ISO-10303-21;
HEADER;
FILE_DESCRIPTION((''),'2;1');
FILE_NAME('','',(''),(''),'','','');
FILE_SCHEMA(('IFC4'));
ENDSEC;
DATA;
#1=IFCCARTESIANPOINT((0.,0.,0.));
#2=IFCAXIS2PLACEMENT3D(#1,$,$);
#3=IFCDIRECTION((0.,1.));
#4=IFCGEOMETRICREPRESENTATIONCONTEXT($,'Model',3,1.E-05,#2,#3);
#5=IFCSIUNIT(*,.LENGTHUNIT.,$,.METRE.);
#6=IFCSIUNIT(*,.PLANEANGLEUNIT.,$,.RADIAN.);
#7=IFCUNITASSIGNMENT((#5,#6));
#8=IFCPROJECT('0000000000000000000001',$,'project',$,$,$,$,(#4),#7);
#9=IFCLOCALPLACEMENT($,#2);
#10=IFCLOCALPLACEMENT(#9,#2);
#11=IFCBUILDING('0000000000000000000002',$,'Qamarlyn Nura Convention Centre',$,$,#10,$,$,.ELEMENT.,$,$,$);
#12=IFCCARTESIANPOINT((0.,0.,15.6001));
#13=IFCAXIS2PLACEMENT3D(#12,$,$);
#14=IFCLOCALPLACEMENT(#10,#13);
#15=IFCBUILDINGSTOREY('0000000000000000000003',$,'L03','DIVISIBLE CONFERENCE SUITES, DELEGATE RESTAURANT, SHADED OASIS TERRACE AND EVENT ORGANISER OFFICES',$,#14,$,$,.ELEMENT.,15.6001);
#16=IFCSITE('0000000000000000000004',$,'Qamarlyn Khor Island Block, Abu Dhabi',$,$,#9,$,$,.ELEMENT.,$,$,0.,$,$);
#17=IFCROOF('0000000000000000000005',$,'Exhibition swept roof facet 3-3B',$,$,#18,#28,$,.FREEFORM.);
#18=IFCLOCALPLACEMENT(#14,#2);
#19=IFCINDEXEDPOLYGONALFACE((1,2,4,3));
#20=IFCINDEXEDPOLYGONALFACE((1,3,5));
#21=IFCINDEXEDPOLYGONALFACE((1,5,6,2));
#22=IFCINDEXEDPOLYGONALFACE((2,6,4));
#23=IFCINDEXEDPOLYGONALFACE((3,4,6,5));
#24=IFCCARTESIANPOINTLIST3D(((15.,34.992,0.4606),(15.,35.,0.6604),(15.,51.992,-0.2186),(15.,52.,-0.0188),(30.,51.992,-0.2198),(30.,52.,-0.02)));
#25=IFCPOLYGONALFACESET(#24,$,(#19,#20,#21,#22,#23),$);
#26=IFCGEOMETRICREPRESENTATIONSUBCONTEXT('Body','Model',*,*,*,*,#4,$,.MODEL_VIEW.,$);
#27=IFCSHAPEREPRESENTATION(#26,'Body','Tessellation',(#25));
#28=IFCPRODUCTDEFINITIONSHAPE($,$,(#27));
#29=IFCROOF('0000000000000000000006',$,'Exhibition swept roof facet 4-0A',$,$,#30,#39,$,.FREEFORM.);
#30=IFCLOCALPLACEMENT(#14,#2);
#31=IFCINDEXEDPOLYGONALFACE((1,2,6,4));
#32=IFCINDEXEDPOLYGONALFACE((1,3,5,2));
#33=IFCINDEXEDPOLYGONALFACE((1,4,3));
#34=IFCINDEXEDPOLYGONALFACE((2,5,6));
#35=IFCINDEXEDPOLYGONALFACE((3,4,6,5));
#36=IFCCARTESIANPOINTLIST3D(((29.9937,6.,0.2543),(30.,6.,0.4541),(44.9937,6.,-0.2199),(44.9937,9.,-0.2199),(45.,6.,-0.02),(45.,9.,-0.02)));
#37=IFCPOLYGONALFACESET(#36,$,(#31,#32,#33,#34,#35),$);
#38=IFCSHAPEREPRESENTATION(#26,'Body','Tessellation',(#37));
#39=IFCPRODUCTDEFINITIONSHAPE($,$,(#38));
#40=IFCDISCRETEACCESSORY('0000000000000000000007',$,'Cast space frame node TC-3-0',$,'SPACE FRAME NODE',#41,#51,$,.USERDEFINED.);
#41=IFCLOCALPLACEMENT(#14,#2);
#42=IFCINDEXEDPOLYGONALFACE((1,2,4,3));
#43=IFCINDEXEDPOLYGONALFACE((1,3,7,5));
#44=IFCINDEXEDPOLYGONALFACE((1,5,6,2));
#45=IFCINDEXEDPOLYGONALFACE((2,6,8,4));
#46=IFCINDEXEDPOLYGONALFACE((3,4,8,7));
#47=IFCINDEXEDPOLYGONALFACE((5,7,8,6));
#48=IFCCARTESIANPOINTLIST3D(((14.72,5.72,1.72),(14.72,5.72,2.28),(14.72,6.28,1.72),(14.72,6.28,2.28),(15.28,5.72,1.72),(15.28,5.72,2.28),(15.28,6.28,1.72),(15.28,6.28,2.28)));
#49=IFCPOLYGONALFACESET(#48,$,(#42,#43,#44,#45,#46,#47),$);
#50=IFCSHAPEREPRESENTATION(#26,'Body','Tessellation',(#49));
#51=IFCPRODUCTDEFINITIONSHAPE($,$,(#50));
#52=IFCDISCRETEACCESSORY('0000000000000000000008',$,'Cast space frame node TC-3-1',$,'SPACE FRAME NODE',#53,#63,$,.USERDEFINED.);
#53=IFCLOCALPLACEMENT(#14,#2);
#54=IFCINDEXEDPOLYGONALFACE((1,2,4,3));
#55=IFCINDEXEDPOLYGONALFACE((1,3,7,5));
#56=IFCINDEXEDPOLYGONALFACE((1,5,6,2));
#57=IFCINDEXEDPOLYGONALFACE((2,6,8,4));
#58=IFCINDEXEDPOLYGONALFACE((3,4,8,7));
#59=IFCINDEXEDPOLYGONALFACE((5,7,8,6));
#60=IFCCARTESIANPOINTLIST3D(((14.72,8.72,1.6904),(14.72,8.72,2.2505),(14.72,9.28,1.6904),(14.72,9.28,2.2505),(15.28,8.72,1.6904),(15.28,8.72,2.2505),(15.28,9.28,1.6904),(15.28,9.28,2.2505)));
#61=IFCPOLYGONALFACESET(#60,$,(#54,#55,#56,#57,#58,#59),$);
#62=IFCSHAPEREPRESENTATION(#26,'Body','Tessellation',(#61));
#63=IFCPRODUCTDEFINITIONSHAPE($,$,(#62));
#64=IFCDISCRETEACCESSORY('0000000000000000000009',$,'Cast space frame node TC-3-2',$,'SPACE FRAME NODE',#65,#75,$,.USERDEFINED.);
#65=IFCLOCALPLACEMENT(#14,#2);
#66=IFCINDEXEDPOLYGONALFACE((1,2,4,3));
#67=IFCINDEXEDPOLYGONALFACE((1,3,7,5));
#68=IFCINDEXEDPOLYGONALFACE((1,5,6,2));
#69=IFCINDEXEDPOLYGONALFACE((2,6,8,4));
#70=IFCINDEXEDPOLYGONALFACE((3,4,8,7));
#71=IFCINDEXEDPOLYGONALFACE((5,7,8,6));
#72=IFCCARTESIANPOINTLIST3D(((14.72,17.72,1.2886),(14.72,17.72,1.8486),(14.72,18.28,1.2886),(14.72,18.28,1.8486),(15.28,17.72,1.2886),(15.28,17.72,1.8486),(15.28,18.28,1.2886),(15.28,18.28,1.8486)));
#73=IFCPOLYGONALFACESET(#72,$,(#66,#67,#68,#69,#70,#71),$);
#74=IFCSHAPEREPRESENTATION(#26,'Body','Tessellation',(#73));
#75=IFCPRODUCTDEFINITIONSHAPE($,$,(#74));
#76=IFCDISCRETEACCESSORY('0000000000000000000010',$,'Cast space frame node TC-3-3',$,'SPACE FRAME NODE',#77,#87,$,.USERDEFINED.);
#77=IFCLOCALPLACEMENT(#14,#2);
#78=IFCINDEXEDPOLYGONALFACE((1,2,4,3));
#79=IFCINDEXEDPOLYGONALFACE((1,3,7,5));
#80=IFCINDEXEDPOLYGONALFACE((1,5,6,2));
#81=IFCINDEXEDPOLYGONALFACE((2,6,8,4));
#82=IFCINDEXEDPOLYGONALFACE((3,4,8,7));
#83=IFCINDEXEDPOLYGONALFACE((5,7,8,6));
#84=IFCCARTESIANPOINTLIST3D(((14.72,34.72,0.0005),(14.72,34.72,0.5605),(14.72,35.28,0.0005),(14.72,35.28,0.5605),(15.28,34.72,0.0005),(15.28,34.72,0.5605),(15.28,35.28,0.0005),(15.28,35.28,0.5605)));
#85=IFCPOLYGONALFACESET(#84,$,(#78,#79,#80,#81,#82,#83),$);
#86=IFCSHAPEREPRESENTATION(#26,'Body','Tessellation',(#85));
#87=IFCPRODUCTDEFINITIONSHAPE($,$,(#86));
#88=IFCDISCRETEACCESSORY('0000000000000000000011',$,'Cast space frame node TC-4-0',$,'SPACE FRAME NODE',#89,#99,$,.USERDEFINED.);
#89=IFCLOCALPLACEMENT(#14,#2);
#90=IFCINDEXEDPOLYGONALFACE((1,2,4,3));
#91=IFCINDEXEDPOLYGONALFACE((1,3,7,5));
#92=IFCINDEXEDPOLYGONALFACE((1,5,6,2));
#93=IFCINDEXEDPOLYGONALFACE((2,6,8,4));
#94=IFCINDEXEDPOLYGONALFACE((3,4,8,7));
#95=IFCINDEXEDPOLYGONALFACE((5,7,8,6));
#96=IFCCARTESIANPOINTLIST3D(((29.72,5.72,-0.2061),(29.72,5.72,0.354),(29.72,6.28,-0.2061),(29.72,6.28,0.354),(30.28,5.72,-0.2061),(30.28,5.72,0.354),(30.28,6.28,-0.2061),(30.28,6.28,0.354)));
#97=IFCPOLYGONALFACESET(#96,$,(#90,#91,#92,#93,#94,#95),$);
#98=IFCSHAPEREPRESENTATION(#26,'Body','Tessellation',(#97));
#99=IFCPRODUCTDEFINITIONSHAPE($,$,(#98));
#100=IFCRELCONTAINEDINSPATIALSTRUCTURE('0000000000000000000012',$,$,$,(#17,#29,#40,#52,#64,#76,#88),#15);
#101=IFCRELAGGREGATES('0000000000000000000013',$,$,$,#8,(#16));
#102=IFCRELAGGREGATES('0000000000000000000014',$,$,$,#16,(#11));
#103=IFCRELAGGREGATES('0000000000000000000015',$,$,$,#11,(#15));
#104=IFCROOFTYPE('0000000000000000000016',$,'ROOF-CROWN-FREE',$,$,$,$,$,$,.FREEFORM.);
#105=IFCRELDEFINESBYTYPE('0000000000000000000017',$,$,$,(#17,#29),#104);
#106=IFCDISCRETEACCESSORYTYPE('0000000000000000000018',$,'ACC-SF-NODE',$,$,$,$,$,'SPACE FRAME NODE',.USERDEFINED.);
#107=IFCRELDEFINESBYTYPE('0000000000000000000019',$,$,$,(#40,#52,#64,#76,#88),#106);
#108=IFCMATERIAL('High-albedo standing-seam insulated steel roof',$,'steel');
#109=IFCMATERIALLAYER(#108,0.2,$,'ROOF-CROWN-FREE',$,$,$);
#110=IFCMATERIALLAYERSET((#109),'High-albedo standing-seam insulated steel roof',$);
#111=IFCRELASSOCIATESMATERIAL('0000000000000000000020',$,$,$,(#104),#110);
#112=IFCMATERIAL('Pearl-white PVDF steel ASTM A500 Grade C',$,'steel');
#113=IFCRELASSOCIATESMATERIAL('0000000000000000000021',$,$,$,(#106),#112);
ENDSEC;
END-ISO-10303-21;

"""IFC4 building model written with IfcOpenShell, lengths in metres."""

from ifc_helpers import new_model, si_unit, direction, frame, origin, origin_2d, place, context, subcontext, project, spatial, polyline, rectangle, outline, extrude, material, layer, layer_set, type_object, element, save


model = new_model("IFC4")

# Units and contexts
model_context = context("Model", 3, precision=1e-05, world=origin(), true_north=direction((0.0, 1.0)))
body_context = subcontext(model_context, "Body", "Model", "MODEL_VIEW")
ifc_project = project(units=[si_unit("LENGTHUNIT", "METRE"), si_unit("PLANEANGLEUNIT", "RADIAN")], contexts=[model_context])

# Site, building, storey
site_placement = place(None, origin())
site = spatial("IfcSite", under=ifc_project, at=site_placement, Name="Qamarlyn Khor Island Block, Abu Dhabi", CompositionType="ELEMENT", RefElevation=0.0)
building_placement = place(site_placement, origin())
building = spatial("IfcBuilding", under=site, at=building_placement, Name="Qamarlyn Nura Convention Centre", CompositionType="ELEMENT")
storey_placement = place(building_placement, frame((0.0, 0.0, 15.6001)))
storey = spatial("IfcBuildingStorey", under=building, at=storey_placement, Name="L03", Description="DIVISIBLE CONFERENCE SUITES, DELEGATE RESTAURANT, SHADED OASIS TERRACE AND EVENT ORGANISER OFFICES", CompositionType="ELEMENT", Elevation=15.6001)

# Shared definitions
ifc_material_1 = material(Name="Pearl-white PVDF steel ASTM A500 Grade C", Category="steel")

# Roofs
ifc_material_2 = material(Name="High-albedo standing-seam insulated steel roof", Category="steel")
ifc_layer = layer(ifc_material_2, 0.2, Name="ROOF-CROWN-FREE")
ifc_layer_set = layer_set([ifc_layer], Name="High-albedo standing-seam insulated steel roof")
roof_type = type_object("IfcRoofType", Name="ROOF-CROWN-FREE", PredefinedType="FREEFORM", material=ifc_layer_set)
roof_1_placement = place(storey_placement, frame((15.0, 35.0, 0.6604), z_axis=(0.000081, 0.039921, 0.999203), x_axis=(0.661324, 0.7495, -0.029999)))
element("IfcRoof", 1, at=roof_1_placement, inside=storey, type_object=roof_type, Name="Exhibition swept roof facet 3-3B", PredefinedType="FREEFORM", context=body_context, shape_type="SweptSolid", body=[
    extrude(outline(polyline([(0.0, 0.0), (22.6818, 0.0), (12.7619, 11.2515), (0.0, 0.0)])), origin(), (0.0, 0.0, -1.0), 0.2),
])
roof_2_placement = place(storey_placement, frame((30.0, 6.0, 0.4541), z_axis=(0.031592, 0.0, 0.999501), x_axis=(0.999501, 0.0, -0.031592)))
element("IfcRoof", 2, at=roof_2_placement, inside=storey, type_object=roof_type, Name="Exhibition swept roof facet 4-0A", PredefinedType="FREEFORM", context=body_context, shape_type="SweptSolid", body=[
    extrude(outline(polyline([(0.0, 0.0), (15.0075, 0.0), (15.0075, 3.0), (0.0, 0.0)])), origin(), (0.0, 0.0, -1.0), 0.2),
])

# Discrete accessories
discrete_accessory_type = type_object("IfcDiscreteAccessoryType", Name="ACC-SF-NODE", ElementType="SPACE FRAME NODE", PredefinedType="USERDEFINED", material=ifc_material_1)
for number, where, z_axis, x_axis, name in (
    (3, (15.0, 6.0, 1.72), (0.0, 0.0, 1.0), (1.0, 0.0, 0.0), "Cast space frame node TC-3-0"),
    (4, (15.0, 9.0, 1.6904), (0.0, 0.0, 1.0), (1.0, 0.0, 0.0), "Cast space frame node TC-3-1"),
    (5, (15.0, 18.0, 1.2886), (0.0, 0.0, 1.0), (1.0, 0.0, 0.0), "Cast space frame node TC-3-2"),
    (6, (15.0, 35.0, 0.0005), (0.0, 0.0, 1.0), (1.0, 0.0, 0.0), "Cast space frame node TC-3-3"),
    (7, (30.0, 6.0, -0.2061), (0.0, 0.0, 1.0), (1.0, 0.0, 0.0), "Cast space frame node TC-4-0"),
):
    element("IfcDiscreteAccessory", number, at=place(storey_placement, frame(where, z_axis=z_axis, x_axis=x_axis)), inside=storey, type_object=discrete_accessory_type, Name=name, ObjectType="SPACE FRAME NODE", PredefinedType="USERDEFINED", context=body_context, shape_type="SweptSolid", body=[
        extrude(rectangle(XDim=0.5601, YDim=0.5601, at=origin_2d()), origin(), (0.0, 0.0, 1.0), 0.5601),
    ])

save(model, "model.ifc")
